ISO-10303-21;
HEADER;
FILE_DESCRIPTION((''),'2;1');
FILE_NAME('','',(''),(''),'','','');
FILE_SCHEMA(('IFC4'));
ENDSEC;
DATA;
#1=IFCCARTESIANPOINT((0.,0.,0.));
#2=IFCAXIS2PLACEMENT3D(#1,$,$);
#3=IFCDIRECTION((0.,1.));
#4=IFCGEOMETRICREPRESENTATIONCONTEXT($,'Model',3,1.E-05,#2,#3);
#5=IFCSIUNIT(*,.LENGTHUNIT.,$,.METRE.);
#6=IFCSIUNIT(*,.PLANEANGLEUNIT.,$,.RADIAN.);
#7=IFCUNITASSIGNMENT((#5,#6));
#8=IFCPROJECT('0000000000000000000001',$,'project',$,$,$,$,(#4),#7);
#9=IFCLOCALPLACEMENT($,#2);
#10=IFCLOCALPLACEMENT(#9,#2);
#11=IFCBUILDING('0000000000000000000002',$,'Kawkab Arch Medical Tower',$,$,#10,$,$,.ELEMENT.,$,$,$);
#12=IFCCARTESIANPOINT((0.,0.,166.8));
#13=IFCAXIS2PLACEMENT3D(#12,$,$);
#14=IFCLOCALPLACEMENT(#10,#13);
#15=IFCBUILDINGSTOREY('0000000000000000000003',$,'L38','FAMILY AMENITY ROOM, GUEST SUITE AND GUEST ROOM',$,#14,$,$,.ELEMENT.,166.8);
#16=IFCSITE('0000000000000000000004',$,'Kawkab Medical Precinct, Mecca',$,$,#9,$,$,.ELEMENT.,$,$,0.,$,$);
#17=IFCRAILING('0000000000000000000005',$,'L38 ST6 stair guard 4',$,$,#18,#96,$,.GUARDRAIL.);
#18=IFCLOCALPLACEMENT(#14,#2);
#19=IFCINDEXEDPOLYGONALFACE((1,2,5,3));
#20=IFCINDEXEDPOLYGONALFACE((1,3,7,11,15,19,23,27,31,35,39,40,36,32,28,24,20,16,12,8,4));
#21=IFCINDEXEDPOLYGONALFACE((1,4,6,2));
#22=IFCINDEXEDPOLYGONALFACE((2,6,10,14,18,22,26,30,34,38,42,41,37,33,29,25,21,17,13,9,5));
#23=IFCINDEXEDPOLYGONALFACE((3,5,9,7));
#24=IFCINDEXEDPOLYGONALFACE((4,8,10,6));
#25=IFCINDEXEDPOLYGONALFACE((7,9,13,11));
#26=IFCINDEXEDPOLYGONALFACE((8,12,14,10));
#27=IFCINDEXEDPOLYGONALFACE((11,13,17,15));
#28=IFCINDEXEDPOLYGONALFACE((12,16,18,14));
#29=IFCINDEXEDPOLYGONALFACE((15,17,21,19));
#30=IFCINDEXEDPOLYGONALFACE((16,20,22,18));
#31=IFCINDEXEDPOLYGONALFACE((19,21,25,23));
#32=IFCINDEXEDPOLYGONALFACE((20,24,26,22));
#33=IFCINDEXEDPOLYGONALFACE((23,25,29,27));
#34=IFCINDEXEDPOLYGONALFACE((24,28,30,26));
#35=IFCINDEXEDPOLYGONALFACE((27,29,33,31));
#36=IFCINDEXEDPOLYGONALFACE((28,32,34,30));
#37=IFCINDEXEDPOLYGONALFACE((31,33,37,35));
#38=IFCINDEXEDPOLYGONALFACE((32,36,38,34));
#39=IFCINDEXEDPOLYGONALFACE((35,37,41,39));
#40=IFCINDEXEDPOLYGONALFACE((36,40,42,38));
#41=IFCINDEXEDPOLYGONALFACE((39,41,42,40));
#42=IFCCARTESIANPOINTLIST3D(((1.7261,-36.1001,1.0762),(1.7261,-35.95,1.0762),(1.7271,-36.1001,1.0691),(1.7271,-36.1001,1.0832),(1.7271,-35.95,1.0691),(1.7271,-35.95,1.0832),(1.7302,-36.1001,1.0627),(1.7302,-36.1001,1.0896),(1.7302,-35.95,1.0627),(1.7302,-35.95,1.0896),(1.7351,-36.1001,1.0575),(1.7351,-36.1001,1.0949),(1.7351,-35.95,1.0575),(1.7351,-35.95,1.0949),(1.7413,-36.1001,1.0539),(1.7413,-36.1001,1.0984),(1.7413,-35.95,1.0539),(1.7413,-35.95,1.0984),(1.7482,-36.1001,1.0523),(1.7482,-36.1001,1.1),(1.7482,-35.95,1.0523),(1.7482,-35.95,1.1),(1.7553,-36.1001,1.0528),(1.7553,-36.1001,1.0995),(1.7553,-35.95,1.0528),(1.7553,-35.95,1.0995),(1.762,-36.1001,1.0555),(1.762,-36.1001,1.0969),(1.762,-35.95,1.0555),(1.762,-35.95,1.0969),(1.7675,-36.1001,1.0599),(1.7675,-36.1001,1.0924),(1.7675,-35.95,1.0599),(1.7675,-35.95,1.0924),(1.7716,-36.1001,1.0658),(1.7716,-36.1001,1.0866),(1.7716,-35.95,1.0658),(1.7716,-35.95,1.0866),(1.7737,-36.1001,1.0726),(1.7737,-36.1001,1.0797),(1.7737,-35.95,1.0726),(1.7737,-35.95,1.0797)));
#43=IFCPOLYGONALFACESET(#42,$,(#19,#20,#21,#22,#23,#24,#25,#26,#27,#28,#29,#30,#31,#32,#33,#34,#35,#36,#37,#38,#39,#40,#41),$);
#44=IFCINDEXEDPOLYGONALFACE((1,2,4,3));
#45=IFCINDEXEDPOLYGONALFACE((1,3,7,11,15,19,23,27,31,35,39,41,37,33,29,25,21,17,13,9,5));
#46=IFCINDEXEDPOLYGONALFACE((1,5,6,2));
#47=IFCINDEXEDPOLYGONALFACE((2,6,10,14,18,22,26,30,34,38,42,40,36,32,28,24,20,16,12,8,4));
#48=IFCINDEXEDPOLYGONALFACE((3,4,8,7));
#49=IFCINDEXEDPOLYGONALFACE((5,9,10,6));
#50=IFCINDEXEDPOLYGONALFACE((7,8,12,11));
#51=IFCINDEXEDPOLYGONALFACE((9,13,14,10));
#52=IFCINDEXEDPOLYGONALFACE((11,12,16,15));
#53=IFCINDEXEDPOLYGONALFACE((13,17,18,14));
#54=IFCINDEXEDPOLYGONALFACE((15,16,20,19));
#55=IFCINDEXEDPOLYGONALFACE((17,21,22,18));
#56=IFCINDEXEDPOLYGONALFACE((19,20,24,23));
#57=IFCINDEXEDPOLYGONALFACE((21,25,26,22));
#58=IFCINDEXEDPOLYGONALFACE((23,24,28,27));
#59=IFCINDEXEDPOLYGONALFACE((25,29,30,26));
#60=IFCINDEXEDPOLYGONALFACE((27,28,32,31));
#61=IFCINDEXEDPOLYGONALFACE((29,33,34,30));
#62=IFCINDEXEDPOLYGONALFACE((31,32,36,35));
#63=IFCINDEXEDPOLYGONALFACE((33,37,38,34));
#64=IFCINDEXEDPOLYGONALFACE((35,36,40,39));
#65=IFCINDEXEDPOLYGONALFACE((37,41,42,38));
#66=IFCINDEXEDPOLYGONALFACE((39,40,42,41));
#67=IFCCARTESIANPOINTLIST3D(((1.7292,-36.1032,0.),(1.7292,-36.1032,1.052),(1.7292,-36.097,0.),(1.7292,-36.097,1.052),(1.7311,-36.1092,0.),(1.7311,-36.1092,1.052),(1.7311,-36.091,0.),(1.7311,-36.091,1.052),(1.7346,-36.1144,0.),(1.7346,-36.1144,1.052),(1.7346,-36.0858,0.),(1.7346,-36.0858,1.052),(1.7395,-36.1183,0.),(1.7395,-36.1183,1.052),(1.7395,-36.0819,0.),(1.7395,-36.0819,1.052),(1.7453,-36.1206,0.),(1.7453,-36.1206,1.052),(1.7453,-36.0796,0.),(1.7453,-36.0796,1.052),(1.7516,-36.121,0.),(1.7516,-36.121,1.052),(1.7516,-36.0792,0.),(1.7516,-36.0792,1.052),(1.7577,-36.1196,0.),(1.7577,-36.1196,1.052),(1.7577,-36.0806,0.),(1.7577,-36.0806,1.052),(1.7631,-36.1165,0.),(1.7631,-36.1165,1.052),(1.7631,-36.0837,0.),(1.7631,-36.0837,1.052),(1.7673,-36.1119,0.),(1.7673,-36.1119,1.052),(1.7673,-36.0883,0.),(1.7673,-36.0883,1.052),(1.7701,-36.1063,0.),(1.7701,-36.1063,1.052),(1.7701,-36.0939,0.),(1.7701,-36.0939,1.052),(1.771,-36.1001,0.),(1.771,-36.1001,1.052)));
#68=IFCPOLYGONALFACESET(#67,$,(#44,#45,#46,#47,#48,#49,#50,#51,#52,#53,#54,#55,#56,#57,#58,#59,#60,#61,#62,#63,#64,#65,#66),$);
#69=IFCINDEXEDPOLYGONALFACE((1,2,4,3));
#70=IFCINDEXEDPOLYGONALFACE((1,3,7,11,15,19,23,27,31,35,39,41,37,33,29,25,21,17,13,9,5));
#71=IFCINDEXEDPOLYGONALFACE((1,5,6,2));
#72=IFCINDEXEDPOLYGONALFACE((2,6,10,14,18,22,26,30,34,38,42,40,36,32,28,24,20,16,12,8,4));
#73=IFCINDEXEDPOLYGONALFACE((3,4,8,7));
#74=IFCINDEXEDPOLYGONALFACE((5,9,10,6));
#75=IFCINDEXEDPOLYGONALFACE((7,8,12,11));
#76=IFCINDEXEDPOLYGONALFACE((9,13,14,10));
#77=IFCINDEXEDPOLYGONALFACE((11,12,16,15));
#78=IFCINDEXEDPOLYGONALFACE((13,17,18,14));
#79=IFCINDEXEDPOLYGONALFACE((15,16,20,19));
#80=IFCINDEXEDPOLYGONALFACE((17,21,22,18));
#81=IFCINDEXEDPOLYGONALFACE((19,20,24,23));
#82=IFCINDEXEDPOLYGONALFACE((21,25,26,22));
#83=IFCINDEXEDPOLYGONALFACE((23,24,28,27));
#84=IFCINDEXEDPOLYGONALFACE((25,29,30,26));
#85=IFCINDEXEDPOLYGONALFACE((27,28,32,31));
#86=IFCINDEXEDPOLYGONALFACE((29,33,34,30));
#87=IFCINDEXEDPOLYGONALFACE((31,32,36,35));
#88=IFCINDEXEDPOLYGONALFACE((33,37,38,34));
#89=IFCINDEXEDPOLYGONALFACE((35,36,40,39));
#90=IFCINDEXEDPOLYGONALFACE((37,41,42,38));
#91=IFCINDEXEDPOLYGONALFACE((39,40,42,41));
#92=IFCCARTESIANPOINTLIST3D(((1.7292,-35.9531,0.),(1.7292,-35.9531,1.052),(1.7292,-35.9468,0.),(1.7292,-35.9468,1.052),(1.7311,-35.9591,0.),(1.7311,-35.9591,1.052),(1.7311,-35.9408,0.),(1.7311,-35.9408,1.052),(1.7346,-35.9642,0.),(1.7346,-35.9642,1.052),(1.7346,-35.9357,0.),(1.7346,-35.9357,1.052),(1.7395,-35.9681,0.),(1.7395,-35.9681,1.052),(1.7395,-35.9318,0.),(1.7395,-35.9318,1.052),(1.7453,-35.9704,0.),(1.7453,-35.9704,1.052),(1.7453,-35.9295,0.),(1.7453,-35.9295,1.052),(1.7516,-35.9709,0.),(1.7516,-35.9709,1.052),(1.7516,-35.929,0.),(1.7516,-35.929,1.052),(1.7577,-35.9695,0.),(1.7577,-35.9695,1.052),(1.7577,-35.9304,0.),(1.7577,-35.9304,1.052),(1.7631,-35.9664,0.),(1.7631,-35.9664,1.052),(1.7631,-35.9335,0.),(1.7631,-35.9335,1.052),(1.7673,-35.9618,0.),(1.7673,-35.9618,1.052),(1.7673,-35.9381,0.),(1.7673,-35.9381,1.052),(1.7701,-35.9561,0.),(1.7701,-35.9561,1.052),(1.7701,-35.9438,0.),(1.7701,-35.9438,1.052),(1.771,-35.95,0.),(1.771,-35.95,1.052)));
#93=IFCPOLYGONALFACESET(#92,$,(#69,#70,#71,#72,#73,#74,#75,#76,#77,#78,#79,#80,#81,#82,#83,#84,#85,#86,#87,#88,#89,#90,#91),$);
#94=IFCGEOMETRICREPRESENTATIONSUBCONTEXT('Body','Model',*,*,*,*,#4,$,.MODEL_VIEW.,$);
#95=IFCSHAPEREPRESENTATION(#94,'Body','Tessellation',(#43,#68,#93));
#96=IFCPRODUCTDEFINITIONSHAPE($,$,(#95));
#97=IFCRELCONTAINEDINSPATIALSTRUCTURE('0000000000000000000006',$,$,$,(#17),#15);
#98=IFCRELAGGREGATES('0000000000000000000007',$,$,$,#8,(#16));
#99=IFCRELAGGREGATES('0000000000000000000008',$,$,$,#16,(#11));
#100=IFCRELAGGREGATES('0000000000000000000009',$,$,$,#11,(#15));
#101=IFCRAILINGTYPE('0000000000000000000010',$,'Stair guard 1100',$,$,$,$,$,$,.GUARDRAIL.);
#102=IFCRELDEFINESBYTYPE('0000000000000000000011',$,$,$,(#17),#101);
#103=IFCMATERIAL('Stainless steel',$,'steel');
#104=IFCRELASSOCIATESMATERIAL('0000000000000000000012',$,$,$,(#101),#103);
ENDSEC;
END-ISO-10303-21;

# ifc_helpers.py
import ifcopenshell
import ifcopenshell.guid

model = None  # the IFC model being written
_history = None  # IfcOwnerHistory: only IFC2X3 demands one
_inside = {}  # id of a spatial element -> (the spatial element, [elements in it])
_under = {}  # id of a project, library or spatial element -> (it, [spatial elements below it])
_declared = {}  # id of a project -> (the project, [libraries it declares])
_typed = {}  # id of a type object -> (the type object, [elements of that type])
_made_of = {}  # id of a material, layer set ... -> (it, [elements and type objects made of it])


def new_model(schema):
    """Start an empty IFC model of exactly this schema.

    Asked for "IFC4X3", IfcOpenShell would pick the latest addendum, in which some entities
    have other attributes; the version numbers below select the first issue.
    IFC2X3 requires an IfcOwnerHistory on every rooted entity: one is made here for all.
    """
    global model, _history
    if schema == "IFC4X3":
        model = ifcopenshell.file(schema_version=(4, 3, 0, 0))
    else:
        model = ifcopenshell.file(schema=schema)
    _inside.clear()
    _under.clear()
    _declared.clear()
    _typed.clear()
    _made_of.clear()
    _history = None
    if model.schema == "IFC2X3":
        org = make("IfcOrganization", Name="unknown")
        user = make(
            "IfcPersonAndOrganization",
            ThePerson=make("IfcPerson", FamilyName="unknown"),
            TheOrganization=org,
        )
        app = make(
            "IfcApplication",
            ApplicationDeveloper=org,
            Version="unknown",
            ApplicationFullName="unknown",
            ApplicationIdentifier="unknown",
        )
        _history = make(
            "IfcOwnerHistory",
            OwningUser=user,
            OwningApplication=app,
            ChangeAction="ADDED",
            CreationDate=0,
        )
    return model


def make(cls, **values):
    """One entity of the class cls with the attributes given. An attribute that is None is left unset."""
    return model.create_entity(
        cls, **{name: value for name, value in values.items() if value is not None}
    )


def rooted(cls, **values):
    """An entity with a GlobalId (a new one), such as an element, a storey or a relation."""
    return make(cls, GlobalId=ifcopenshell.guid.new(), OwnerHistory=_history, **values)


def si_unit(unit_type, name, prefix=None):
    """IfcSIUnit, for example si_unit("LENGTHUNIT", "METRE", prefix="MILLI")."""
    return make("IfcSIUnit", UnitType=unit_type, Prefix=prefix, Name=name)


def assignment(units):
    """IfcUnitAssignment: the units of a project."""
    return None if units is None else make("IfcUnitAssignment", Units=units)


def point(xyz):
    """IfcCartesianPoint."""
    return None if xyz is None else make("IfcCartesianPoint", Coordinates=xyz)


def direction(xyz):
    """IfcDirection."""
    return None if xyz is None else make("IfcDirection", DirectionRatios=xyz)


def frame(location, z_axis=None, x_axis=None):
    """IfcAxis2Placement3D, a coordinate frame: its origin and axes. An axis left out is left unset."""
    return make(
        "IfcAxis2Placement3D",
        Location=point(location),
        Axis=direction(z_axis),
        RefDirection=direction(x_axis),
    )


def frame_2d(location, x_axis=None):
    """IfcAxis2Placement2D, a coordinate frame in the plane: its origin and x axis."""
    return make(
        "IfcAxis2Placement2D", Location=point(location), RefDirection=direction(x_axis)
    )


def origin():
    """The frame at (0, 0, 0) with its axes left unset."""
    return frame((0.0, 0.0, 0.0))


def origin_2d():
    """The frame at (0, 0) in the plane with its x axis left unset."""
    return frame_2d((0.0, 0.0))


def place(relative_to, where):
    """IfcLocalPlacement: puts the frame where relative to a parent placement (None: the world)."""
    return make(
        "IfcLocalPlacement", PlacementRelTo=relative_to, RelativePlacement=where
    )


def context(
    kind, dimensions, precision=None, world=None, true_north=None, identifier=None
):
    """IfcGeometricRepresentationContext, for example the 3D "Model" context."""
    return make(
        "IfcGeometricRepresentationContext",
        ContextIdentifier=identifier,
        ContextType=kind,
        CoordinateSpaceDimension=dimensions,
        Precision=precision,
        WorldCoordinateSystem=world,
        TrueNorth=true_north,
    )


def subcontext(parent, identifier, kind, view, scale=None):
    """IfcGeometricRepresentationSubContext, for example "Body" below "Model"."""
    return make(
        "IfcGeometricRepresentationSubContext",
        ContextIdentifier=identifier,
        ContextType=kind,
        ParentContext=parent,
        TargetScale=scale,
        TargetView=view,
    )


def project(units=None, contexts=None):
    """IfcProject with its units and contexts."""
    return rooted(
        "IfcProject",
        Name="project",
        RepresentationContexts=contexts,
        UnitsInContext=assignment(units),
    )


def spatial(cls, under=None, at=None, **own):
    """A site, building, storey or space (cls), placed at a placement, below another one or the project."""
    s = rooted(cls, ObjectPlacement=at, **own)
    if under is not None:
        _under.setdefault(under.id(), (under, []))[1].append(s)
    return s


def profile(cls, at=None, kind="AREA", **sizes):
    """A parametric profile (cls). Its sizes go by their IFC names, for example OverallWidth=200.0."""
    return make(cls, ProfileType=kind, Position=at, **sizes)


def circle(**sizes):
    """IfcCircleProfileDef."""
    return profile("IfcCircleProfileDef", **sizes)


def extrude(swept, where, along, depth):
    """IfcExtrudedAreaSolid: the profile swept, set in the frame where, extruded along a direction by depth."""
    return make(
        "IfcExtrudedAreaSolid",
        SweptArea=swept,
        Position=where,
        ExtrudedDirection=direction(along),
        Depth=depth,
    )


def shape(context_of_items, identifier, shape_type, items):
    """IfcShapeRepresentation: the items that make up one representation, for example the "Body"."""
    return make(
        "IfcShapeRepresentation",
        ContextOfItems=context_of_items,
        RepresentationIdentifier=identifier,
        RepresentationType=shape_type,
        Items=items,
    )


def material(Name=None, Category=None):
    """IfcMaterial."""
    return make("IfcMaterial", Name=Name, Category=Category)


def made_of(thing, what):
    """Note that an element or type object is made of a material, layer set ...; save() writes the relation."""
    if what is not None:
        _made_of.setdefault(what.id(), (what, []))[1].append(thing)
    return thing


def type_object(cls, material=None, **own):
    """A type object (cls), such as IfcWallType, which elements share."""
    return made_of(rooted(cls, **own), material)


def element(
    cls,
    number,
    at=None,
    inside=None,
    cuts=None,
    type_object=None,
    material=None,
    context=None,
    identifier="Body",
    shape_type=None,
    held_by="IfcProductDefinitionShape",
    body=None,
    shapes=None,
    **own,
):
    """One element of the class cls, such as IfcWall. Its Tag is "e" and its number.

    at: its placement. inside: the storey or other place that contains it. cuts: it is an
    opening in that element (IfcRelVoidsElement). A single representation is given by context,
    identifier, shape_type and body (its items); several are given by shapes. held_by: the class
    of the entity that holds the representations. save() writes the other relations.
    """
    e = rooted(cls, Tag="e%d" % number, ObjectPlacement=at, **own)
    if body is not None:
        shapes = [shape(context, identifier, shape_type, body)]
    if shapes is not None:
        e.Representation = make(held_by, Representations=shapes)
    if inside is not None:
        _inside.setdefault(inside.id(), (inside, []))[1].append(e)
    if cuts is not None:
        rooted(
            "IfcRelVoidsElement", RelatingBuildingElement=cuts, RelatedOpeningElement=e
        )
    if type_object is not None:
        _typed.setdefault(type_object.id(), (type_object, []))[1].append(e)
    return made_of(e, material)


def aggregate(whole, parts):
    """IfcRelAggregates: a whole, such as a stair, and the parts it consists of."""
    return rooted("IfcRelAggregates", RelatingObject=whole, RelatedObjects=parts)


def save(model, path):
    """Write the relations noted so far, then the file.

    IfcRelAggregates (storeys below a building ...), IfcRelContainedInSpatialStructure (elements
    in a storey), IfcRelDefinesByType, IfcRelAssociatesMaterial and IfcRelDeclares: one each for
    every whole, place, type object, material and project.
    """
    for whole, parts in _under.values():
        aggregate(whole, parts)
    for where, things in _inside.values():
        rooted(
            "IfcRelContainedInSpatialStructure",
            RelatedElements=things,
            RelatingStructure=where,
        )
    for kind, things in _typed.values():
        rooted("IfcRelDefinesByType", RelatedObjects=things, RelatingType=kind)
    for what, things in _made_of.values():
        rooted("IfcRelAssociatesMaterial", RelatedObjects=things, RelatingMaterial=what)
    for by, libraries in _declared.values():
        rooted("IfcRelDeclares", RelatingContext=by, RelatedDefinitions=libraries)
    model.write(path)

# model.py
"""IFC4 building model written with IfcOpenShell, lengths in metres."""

from ifc_helpers import new_model, si_unit, direction, frame, origin, origin_2d, place, context, subcontext, project, spatial, circle, extrude, material, type_object, element, save


model = new_model("IFC4")

# Units and contexts
model_context = context("Model", 3, precision=1e-05, world=origin(), true_north=direction((0.0, 1.0)))
body_context = subcontext(model_context, "Body", "Model", "MODEL_VIEW")
ifc_project = project(units=[si_unit("LENGTHUNIT", "METRE"), si_unit("PLANEANGLEUNIT", "RADIAN")], contexts=[model_context])

# Site, building, storey
site_placement = place(None, origin())
site = spatial("IfcSite", under=ifc_project, at=site_placement, Name="Kawkab Medical Precinct, Mecca", CompositionType="ELEMENT", RefElevation=0.0)
building_placement = place(site_placement, origin())
building = spatial("IfcBuilding", under=site, at=building_placement, Name="Kawkab Arch Medical Tower", CompositionType="ELEMENT")
storey_placement = place(building_placement, frame((0.0, 0.0, 166.8)))
storey = spatial("IfcBuildingStorey", under=building, at=storey_placement, Name="L38", Description="FAMILY AMENITY ROOM, GUEST SUITE AND GUEST ROOM", CompositionType="ELEMENT", Elevation=166.8)

# Railing
ifc_material_1 = material(Name="Stainless steel", Category="steel")
railing_type = type_object("IfcRailingType", Name="Stair guard 1100", PredefinedType="GUARDRAIL", material=ifc_material_1)
railing_1_placement = place(storey_placement, frame((1.75, -36.1001, 0.0)))
element("IfcRailing", 1, at=railing_1_placement, inside=storey, type_object=railing_type, Name="L38 ST6 stair guard 4", PredefinedType="GUARDRAIL", context=body_context, shape_type="SweptSolid", body=[
    extrude(circle(Radius=0.0239, at=origin_2d()), frame((0.0, 0.0, 1.0762), z_axis=(0.0, 1.0, 0.0), x_axis=(-1.0, 0.0, 0.0)), (0.0, 0.0, 1.0), 0.1501),
    extrude(circle(Radius=0.021, at=origin_2d()), origin(), (0.0, 0.0, 1.0), 1.052),
    extrude(circle(Radius=0.021, at=origin_2d()), frame((0.0, 0.1501, 0.0)), (0.0, 0.0, 1.0), 1.052),
])

save(model, "model.ifc")
